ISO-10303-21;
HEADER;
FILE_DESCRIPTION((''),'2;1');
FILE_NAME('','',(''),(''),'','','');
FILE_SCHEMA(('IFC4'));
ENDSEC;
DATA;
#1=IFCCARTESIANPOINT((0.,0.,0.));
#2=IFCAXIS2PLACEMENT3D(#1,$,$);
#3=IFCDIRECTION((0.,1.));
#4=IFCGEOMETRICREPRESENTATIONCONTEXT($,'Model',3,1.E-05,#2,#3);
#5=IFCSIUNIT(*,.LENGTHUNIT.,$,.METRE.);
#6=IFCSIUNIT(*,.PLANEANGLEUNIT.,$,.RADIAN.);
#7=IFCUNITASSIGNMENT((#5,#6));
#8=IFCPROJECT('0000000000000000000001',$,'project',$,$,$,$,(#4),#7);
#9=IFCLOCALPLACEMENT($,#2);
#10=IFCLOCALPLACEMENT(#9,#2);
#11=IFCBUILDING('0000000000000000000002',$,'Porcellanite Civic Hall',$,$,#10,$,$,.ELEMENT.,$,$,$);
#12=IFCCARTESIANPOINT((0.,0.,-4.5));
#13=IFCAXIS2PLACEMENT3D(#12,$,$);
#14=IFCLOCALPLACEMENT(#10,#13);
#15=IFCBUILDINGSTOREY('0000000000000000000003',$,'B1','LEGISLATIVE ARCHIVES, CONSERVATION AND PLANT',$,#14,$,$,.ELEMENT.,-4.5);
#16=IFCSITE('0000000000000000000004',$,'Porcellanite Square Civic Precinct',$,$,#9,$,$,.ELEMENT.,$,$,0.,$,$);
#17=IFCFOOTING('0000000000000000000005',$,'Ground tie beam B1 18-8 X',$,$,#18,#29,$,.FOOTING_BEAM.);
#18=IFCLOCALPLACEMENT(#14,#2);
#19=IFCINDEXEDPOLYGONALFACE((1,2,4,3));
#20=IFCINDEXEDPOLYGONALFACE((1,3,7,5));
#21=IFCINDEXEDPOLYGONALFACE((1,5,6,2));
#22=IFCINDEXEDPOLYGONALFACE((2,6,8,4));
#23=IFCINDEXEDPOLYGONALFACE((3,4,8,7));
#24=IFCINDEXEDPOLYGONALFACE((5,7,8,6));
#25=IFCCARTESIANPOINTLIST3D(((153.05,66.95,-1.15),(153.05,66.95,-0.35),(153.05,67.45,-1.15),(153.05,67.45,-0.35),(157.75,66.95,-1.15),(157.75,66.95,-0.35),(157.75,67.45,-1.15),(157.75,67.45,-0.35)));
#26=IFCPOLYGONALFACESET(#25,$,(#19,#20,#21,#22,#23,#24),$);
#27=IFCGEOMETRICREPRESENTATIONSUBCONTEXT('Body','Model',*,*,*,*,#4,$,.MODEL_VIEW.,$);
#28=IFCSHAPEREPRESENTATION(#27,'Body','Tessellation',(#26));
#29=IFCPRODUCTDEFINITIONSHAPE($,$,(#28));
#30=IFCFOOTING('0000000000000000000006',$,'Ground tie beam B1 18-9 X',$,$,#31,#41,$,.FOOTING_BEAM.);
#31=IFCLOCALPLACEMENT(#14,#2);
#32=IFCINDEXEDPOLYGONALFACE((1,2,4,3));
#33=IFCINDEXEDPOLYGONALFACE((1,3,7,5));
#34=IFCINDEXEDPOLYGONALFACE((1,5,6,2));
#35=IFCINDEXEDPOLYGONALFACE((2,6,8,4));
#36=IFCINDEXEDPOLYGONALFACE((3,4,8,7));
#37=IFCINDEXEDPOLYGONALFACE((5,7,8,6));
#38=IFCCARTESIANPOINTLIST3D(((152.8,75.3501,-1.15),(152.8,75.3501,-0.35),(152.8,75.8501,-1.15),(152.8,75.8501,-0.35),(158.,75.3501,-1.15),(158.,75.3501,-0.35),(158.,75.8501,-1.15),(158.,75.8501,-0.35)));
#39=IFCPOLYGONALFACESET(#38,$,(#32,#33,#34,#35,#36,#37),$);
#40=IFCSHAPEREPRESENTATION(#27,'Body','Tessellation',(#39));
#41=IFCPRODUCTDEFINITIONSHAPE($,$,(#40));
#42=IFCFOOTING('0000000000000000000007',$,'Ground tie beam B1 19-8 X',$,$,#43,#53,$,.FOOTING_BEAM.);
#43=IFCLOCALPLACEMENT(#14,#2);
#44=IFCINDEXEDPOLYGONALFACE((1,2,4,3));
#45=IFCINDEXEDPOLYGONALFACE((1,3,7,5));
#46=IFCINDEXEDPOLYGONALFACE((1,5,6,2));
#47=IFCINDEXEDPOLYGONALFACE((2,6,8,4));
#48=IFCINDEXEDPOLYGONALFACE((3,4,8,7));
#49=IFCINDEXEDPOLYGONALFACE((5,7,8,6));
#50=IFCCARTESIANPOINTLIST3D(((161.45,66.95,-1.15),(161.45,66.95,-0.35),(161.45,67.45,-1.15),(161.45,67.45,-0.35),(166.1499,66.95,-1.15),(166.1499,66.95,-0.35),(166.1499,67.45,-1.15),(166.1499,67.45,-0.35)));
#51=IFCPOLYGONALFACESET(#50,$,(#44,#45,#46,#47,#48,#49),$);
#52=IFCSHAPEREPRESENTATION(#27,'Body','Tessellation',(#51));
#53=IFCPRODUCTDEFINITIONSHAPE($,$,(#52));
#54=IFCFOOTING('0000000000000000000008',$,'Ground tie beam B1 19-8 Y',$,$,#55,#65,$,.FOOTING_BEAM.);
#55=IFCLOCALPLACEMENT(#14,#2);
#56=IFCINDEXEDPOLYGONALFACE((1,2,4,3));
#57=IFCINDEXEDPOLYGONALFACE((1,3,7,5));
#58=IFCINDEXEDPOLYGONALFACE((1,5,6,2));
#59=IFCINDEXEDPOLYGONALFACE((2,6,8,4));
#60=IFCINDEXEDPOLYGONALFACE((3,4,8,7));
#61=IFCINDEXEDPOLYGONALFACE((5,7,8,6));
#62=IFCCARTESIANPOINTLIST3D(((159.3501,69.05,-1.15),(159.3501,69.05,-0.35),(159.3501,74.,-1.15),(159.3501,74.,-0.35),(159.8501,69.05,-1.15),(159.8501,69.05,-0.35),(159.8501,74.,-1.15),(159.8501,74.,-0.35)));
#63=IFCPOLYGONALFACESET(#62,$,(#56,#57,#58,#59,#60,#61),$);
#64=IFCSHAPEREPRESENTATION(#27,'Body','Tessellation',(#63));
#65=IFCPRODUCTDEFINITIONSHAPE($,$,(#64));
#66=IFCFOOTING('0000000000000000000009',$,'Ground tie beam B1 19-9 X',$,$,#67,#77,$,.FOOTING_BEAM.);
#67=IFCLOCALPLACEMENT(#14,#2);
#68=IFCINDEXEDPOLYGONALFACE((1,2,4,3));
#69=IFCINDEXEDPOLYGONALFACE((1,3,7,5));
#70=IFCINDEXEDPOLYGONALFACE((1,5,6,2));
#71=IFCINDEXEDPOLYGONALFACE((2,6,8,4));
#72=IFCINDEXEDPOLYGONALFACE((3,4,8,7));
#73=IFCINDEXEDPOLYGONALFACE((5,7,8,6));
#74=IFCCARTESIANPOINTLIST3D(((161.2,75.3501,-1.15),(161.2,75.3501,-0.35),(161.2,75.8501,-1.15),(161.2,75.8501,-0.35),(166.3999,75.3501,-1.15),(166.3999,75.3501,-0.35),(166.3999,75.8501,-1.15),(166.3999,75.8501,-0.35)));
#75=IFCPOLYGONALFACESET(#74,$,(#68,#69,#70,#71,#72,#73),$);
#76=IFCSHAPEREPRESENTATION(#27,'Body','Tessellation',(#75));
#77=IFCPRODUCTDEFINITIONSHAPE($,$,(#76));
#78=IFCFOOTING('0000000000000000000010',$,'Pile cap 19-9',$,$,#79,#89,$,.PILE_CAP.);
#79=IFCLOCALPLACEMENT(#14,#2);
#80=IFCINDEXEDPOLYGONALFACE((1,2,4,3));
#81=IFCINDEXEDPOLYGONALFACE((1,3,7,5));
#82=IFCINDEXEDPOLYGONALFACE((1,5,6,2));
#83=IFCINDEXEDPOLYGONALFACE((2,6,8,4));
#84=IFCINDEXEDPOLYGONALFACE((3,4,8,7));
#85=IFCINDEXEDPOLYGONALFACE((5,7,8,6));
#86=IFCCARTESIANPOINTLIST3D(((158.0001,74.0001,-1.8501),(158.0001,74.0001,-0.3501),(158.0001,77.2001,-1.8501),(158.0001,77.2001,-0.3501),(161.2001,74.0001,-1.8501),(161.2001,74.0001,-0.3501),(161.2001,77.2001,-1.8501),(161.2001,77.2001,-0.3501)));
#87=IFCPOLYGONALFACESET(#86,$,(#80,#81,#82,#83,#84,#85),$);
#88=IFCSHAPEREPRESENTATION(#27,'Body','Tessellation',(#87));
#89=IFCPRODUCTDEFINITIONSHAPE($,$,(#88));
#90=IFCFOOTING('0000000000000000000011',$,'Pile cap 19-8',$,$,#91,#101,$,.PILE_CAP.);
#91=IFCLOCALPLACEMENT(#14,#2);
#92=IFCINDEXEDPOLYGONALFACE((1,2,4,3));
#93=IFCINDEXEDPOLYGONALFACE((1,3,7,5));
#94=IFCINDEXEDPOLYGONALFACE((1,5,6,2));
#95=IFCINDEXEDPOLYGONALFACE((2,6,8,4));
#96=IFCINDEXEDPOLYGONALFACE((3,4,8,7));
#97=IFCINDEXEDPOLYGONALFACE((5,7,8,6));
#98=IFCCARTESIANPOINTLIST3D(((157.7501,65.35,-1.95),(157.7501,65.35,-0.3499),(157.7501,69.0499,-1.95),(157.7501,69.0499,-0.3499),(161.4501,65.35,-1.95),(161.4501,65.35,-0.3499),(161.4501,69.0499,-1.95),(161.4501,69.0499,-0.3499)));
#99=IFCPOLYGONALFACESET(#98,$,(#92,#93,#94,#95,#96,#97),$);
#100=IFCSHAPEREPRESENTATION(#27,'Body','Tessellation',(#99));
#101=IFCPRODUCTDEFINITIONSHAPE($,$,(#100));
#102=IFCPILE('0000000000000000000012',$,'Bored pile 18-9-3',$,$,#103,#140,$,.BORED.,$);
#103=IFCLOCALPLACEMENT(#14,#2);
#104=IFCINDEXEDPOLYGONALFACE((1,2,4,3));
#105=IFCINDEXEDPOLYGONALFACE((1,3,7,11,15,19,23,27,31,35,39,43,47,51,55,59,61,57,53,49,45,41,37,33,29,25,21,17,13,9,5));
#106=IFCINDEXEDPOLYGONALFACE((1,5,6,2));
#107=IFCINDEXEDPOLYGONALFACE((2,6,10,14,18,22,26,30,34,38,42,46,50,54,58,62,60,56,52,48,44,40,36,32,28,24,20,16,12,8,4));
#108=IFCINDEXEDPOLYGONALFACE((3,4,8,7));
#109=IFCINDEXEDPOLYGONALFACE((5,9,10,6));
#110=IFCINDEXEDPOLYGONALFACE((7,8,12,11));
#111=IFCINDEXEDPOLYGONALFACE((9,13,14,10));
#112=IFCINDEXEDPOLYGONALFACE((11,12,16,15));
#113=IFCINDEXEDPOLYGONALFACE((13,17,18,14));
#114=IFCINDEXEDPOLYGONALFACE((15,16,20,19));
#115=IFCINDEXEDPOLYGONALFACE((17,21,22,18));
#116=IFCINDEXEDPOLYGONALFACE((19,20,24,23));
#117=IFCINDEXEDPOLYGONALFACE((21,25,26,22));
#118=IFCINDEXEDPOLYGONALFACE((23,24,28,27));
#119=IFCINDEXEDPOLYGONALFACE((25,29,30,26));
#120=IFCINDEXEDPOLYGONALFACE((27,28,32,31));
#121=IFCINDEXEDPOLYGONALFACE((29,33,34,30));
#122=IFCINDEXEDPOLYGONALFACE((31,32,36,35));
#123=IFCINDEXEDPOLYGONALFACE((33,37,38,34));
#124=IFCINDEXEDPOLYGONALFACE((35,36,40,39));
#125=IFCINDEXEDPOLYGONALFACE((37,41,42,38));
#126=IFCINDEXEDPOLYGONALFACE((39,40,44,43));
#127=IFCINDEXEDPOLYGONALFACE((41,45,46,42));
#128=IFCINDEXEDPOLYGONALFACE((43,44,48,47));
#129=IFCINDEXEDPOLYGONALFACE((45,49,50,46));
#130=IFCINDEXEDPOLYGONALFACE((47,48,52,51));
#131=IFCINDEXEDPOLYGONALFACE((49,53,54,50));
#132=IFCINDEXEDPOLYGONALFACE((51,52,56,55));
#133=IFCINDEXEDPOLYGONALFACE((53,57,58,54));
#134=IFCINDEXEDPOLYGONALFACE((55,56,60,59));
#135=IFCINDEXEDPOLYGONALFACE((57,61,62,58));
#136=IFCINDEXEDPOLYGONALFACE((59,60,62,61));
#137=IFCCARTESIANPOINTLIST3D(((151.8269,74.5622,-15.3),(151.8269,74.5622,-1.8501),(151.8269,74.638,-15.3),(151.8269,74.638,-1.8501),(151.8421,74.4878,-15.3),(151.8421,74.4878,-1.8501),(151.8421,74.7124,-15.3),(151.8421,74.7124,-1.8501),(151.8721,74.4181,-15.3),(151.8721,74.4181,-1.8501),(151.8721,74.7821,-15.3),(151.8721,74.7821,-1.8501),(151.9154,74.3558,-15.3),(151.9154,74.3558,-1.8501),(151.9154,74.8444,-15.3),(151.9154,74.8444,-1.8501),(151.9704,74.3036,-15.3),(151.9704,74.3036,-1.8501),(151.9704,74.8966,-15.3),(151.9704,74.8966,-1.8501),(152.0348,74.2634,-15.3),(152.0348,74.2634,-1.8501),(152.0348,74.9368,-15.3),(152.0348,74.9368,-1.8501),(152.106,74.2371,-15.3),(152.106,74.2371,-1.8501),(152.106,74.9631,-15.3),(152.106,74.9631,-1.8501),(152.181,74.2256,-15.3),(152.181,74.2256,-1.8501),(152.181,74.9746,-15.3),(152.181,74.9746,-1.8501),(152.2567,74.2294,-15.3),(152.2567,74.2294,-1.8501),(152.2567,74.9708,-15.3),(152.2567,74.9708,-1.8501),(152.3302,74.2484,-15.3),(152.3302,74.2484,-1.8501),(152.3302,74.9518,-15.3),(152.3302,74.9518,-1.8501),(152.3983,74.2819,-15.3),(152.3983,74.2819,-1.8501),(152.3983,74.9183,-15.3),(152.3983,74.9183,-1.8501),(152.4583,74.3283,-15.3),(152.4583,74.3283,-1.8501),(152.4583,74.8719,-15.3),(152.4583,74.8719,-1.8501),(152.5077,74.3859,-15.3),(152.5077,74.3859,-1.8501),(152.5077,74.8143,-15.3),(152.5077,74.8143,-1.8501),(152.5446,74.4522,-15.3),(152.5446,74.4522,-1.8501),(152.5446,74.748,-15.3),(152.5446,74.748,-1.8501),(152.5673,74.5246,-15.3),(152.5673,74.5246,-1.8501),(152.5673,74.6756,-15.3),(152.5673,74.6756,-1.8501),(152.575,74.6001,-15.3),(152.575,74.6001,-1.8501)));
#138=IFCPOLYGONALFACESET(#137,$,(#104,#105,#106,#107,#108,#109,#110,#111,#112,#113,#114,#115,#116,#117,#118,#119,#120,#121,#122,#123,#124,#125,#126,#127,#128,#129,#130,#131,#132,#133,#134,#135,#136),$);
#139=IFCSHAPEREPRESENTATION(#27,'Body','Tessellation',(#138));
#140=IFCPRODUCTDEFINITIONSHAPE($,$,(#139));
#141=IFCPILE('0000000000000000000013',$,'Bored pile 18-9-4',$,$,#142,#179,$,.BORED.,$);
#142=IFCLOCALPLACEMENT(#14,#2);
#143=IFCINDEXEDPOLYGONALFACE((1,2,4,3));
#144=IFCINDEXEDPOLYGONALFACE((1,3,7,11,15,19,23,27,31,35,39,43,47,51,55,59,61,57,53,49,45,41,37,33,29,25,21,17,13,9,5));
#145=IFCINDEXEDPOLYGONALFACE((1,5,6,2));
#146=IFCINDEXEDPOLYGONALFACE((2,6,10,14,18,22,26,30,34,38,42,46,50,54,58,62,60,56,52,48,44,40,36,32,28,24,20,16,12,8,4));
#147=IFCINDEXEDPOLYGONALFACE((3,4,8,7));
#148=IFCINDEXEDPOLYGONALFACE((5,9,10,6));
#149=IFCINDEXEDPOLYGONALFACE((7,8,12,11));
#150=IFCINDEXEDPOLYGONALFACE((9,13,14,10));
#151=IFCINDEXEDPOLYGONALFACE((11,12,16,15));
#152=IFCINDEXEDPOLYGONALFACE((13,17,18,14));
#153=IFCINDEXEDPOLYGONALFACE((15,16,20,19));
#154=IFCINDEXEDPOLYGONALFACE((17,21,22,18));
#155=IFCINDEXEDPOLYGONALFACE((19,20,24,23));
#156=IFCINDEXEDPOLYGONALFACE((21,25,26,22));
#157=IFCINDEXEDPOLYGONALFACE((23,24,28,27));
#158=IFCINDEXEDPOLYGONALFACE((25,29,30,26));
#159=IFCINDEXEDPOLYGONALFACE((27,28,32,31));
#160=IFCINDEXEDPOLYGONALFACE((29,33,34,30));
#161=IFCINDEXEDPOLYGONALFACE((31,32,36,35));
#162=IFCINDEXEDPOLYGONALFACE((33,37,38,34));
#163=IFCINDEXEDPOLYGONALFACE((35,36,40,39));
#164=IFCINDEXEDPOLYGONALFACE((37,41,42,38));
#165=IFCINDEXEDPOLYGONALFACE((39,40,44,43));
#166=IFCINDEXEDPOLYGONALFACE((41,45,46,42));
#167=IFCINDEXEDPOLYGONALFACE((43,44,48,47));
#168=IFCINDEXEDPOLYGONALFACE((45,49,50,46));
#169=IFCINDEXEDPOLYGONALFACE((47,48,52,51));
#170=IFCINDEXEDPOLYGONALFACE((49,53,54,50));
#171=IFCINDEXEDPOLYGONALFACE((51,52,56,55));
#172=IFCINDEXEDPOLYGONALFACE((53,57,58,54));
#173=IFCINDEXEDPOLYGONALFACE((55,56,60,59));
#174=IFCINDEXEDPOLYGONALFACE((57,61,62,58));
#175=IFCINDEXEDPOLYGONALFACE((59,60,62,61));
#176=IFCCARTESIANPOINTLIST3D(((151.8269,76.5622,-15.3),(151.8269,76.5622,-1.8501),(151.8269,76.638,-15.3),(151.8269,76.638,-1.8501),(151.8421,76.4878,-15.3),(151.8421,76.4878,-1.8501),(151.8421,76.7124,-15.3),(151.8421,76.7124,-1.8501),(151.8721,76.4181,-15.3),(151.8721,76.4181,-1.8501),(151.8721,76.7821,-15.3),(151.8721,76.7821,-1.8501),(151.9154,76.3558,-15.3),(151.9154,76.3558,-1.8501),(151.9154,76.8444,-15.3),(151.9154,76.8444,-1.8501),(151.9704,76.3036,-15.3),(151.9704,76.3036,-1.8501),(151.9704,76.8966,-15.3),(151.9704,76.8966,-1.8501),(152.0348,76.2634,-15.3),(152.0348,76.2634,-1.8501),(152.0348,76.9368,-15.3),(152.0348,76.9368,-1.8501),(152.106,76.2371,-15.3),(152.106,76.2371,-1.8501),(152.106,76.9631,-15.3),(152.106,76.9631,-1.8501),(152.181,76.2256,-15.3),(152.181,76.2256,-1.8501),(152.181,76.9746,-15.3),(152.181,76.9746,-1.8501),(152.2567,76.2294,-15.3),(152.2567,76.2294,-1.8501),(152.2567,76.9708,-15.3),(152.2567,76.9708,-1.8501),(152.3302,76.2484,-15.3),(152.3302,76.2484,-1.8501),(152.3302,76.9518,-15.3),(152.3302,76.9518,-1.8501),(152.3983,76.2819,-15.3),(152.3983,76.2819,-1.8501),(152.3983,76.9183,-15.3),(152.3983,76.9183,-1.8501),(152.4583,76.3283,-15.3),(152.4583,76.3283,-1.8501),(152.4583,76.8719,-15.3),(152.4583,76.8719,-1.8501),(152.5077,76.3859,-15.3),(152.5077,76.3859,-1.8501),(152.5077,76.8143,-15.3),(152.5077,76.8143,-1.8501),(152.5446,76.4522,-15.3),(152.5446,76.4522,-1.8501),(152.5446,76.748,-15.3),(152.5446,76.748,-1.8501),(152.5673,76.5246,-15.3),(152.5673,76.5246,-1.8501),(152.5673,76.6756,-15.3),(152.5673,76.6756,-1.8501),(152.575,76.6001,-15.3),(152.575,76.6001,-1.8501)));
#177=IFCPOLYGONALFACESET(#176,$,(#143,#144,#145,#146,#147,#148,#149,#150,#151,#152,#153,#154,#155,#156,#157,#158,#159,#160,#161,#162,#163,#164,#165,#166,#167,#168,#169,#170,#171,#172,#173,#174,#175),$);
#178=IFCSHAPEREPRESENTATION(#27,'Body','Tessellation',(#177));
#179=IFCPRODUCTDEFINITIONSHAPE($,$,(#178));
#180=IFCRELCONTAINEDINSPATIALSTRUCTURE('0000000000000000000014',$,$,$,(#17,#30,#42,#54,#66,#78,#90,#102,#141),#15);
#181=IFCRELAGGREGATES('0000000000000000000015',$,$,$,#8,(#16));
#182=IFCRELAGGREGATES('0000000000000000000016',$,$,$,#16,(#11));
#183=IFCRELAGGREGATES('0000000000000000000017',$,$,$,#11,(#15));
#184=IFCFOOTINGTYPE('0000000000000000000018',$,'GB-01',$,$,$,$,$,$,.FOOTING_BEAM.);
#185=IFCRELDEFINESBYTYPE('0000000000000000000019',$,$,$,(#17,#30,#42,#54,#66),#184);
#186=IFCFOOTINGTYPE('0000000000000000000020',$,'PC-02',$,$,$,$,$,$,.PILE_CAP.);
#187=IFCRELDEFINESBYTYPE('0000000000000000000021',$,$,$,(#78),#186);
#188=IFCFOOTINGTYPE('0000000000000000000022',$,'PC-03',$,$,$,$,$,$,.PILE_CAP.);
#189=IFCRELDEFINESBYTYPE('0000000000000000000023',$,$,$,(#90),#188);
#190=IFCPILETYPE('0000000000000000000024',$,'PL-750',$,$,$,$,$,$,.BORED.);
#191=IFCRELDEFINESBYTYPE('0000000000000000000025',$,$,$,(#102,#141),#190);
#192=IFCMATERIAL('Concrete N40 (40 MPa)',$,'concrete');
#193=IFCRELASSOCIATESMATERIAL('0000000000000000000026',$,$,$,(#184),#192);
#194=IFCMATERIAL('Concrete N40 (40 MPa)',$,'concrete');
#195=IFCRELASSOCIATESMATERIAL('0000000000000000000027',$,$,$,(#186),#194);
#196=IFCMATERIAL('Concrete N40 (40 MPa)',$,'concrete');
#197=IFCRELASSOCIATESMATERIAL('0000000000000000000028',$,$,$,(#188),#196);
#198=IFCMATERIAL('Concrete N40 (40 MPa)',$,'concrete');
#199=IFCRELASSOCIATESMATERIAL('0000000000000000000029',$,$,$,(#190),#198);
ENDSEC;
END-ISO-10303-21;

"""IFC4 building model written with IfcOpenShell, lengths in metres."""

from ifc_helpers import new_model, si_unit, direction, frame, origin, origin_2d, place, context, subcontext, project, spatial, rectangle, circle, extrude, material, material_profile, profile_set, type_object, element, save


model = new_model("IFC4")

# Units and contexts
model_context = context("Model", 3, precision=1e-05, world=origin(), true_north=direction((0.0, 1.0)))
body_context = subcontext(model_context, "Body", "Model", "MODEL_VIEW")
ifc_project = project(units=[si_unit("LENGTHUNIT", "METRE"), si_unit("PLANEANGLEUNIT", "RADIAN")], contexts=[model_context])

# Site, building, storey
site_placement = place(None, origin())
site = spatial("IfcSite", under=ifc_project, at=site_placement, Name="Porcellanite Square Civic Precinct", CompositionType="ELEMENT", RefElevation=0.0)
building_placement = place(site_placement, origin())
building = spatial("IfcBuilding", under=site, at=building_placement, Name="Porcellanite Civic Hall", CompositionType="ELEMENT")
storey_placement = place(building_placement, frame((0.0, 0.0, -4.5)))
storey = spatial("IfcBuildingStorey", under=building, at=storey_placement, Name="B1", Description="LEGISLATIVE ARCHIVES, CONSERVATION AND PLANT", CompositionType="ELEMENT", Elevation=-4.5)

# Footings
ifc_material_1 = material(Name="Concrete N40 (40 MPa)", Category="concrete")
ifc_material_profile_1 = material_profile(ifc_material_1, rectangle(XDim=0.5, YDim=0.8, at=origin_2d()), Name="RC-500x800")
ifc_profile_set_1 = profile_set([ifc_material_profile_1], Name="Concrete N40 (40 MPa)")
footing_type_1 = type_object("IfcFootingType", Name="GB-01", PredefinedType="FOOTING_BEAM", material=ifc_profile_set_1)
footing_1_placement = place(storey_placement, frame((153.05, 67.2, -0.75), z_axis=(1.0, 0.0, 0.0), x_axis=(0.0, 1.0, 0.0)))
element("IfcFooting", 1, at=footing_1_placement, inside=storey, type_object=footing_type_1, Name="Ground tie beam B1 18-8 X", PredefinedType="FOOTING_BEAM", context=body_context, shape_type="SweptSolid", body=[
    extrude(rectangle(XDim=0.5, YDim=0.8, at=origin_2d()), origin(), (0.0, 0.0, 1.0), 4.7),
])
footing_2_placement = place(storey_placement, frame((152.8, 75.6001, -0.75), z_axis=(1.0, 0.0, 0.0), x_axis=(0.0, 1.0, 0.0)))
element("IfcFooting", 2, at=footing_2_placement, inside=storey, type_object=footing_type_1, Name="Ground tie beam B1 18-9 X", PredefinedType="FOOTING_BEAM", context=body_context, shape_type="SweptSolid", body=[
    extrude(rectangle(XDim=0.5, YDim=0.8, at=origin_2d()), origin(), (0.0, 0.0, 1.0), 5.2),
])
footing_3_placement = place(storey_placement, frame((161.45, 67.2, -0.75), z_axis=(1.0, 0.0, 0.0), x_axis=(0.0, 1.0, 0.0)))
element("IfcFooting", 3, at=footing_3_placement, inside=storey, type_object=footing_type_1, Name="Ground tie beam B1 19-8 X", PredefinedType="FOOTING_BEAM", context=body_context, shape_type="SweptSolid", body=[
    extrude(rectangle(XDim=0.5, YDim=0.8, at=origin_2d()), origin(), (0.0, 0.0, 1.0), 4.7),
])
footing_4_placement = place(storey_placement, frame((159.6001, 69.05, -0.75), z_axis=(0.0, 1.0, 0.0), x_axis=(-1.0, 0.0, 0.0)))
element("IfcFooting", 4, at=footing_4_placement, inside=storey, type_object=footing_type_1, Name="Ground tie beam B1 19-8 Y", PredefinedType="FOOTING_BEAM", context=body_context, shape_type="SweptSolid", body=[
    extrude(rectangle(XDim=0.5, YDim=0.8, at=origin_2d()), origin(), (0.0, 0.0, 1.0), 4.95),
])
footing_5_placement = place(storey_placement, frame((161.2, 75.6001, -0.75), z_axis=(1.0, 0.0, 0.0), x_axis=(0.0, 1.0, 0.0)))
element("IfcFooting", 5, at=footing_5_placement, inside=storey, type_object=footing_type_1, Name="Ground tie beam B1 19-9 X", PredefinedType="FOOTING_BEAM", context=body_context, shape_type="SweptSolid", body=[
    extrude(rectangle(XDim=0.5, YDim=0.8, at=origin_2d()), origin(), (0.0, 0.0, 1.0), 5.2),
])
ifc_material_2 = material(Name="Concrete N40 (40 MPa)", Category="concrete")
footing_type_2 = type_object("IfcFootingType", Name="PC-02", PredefinedType="PILE_CAP", material=ifc_material_2)
footing_6_placement = place(storey_placement, frame((159.6001, 75.6001, -1.8501), z_axis=(0.0, 0.0, 1.0), x_axis=(1.0, 0.0, 0.0)))
element("IfcFooting", 6, at=footing_6_placement, inside=storey, type_object=footing_type_2, Name="Pile cap 19-9", PredefinedType="PILE_CAP", context=body_context, shape_type="SweptSolid", body=[
    extrude(rectangle(XDim=3.2, YDim=3.2, at=origin_2d()), origin(), (0.0, 0.0, 1.0), 1.5),
])
ifc_material_3 = material(Name="Concrete N40 (40 MPa)", Category="concrete")
footing_type_3 = type_object("IfcFootingType", Name="PC-03", PredefinedType="PILE_CAP", material=ifc_material_3)
footing_7_placement = place(storey_placement, frame((159.6001, 67.2, -1.95), z_axis=(0.0, 0.0, 1.0), x_axis=(1.0, 0.0, 0.0)))
element("IfcFooting", 7, at=footing_7_placement, inside=storey, type_object=footing_type_3, Name="Pile cap 19-8", PredefinedType="PILE_CAP", context=body_context, shape_type="SweptSolid", body=[
    extrude(rectangle(XDim=3.7, YDim=3.7, at=origin_2d()), origin(), (0.0, 0.0, 1.0), 1.6001),
])

# Piles
ifc_material_4 = material(Name="Concrete N40 (40 MPa)", Category="concrete")
ifc_material_profile_2 = material_profile(ifc_material_4, circle(Radius=0.375, at=origin_2d()), Name="PILE-D750")
ifc_profile_set_2 = profile_set([ifc_material_profile_2], Name="Concrete N40 (40 MPa)")
pile_type_1 = type_object("IfcPileType", Name="PL-750", PredefinedType="BORED", material=ifc_profile_set_2)
for number, where, z_axis, x_axis, name in (
    (8, (152.2, 74.6001, -1.8501), (0.0, 0.0, -1.0), (1.0, 0.0, 0.0), "Bored pile 18-9-3"),
    (9, (152.2, 76.6001, -1.8501), (0.0, 0.0, -1.0), (1.0, 0.0, 0.0), "Bored pile 18-9-4"),
):
    element("IfcPile", number, at=place(storey_placement, frame(where, z_axis=z_axis, x_axis=x_axis)), inside=storey, type_object=pile_type_1, Name=name, PredefinedType="BORED", context=body_context, shape_type="SweptSolid", body=[
        extrude(circle(Radius=0.375, at=origin_2d()), origin(), (0.0, 0.0, 1.0), 13.45),
    ])

save(model, "model.ifc")
